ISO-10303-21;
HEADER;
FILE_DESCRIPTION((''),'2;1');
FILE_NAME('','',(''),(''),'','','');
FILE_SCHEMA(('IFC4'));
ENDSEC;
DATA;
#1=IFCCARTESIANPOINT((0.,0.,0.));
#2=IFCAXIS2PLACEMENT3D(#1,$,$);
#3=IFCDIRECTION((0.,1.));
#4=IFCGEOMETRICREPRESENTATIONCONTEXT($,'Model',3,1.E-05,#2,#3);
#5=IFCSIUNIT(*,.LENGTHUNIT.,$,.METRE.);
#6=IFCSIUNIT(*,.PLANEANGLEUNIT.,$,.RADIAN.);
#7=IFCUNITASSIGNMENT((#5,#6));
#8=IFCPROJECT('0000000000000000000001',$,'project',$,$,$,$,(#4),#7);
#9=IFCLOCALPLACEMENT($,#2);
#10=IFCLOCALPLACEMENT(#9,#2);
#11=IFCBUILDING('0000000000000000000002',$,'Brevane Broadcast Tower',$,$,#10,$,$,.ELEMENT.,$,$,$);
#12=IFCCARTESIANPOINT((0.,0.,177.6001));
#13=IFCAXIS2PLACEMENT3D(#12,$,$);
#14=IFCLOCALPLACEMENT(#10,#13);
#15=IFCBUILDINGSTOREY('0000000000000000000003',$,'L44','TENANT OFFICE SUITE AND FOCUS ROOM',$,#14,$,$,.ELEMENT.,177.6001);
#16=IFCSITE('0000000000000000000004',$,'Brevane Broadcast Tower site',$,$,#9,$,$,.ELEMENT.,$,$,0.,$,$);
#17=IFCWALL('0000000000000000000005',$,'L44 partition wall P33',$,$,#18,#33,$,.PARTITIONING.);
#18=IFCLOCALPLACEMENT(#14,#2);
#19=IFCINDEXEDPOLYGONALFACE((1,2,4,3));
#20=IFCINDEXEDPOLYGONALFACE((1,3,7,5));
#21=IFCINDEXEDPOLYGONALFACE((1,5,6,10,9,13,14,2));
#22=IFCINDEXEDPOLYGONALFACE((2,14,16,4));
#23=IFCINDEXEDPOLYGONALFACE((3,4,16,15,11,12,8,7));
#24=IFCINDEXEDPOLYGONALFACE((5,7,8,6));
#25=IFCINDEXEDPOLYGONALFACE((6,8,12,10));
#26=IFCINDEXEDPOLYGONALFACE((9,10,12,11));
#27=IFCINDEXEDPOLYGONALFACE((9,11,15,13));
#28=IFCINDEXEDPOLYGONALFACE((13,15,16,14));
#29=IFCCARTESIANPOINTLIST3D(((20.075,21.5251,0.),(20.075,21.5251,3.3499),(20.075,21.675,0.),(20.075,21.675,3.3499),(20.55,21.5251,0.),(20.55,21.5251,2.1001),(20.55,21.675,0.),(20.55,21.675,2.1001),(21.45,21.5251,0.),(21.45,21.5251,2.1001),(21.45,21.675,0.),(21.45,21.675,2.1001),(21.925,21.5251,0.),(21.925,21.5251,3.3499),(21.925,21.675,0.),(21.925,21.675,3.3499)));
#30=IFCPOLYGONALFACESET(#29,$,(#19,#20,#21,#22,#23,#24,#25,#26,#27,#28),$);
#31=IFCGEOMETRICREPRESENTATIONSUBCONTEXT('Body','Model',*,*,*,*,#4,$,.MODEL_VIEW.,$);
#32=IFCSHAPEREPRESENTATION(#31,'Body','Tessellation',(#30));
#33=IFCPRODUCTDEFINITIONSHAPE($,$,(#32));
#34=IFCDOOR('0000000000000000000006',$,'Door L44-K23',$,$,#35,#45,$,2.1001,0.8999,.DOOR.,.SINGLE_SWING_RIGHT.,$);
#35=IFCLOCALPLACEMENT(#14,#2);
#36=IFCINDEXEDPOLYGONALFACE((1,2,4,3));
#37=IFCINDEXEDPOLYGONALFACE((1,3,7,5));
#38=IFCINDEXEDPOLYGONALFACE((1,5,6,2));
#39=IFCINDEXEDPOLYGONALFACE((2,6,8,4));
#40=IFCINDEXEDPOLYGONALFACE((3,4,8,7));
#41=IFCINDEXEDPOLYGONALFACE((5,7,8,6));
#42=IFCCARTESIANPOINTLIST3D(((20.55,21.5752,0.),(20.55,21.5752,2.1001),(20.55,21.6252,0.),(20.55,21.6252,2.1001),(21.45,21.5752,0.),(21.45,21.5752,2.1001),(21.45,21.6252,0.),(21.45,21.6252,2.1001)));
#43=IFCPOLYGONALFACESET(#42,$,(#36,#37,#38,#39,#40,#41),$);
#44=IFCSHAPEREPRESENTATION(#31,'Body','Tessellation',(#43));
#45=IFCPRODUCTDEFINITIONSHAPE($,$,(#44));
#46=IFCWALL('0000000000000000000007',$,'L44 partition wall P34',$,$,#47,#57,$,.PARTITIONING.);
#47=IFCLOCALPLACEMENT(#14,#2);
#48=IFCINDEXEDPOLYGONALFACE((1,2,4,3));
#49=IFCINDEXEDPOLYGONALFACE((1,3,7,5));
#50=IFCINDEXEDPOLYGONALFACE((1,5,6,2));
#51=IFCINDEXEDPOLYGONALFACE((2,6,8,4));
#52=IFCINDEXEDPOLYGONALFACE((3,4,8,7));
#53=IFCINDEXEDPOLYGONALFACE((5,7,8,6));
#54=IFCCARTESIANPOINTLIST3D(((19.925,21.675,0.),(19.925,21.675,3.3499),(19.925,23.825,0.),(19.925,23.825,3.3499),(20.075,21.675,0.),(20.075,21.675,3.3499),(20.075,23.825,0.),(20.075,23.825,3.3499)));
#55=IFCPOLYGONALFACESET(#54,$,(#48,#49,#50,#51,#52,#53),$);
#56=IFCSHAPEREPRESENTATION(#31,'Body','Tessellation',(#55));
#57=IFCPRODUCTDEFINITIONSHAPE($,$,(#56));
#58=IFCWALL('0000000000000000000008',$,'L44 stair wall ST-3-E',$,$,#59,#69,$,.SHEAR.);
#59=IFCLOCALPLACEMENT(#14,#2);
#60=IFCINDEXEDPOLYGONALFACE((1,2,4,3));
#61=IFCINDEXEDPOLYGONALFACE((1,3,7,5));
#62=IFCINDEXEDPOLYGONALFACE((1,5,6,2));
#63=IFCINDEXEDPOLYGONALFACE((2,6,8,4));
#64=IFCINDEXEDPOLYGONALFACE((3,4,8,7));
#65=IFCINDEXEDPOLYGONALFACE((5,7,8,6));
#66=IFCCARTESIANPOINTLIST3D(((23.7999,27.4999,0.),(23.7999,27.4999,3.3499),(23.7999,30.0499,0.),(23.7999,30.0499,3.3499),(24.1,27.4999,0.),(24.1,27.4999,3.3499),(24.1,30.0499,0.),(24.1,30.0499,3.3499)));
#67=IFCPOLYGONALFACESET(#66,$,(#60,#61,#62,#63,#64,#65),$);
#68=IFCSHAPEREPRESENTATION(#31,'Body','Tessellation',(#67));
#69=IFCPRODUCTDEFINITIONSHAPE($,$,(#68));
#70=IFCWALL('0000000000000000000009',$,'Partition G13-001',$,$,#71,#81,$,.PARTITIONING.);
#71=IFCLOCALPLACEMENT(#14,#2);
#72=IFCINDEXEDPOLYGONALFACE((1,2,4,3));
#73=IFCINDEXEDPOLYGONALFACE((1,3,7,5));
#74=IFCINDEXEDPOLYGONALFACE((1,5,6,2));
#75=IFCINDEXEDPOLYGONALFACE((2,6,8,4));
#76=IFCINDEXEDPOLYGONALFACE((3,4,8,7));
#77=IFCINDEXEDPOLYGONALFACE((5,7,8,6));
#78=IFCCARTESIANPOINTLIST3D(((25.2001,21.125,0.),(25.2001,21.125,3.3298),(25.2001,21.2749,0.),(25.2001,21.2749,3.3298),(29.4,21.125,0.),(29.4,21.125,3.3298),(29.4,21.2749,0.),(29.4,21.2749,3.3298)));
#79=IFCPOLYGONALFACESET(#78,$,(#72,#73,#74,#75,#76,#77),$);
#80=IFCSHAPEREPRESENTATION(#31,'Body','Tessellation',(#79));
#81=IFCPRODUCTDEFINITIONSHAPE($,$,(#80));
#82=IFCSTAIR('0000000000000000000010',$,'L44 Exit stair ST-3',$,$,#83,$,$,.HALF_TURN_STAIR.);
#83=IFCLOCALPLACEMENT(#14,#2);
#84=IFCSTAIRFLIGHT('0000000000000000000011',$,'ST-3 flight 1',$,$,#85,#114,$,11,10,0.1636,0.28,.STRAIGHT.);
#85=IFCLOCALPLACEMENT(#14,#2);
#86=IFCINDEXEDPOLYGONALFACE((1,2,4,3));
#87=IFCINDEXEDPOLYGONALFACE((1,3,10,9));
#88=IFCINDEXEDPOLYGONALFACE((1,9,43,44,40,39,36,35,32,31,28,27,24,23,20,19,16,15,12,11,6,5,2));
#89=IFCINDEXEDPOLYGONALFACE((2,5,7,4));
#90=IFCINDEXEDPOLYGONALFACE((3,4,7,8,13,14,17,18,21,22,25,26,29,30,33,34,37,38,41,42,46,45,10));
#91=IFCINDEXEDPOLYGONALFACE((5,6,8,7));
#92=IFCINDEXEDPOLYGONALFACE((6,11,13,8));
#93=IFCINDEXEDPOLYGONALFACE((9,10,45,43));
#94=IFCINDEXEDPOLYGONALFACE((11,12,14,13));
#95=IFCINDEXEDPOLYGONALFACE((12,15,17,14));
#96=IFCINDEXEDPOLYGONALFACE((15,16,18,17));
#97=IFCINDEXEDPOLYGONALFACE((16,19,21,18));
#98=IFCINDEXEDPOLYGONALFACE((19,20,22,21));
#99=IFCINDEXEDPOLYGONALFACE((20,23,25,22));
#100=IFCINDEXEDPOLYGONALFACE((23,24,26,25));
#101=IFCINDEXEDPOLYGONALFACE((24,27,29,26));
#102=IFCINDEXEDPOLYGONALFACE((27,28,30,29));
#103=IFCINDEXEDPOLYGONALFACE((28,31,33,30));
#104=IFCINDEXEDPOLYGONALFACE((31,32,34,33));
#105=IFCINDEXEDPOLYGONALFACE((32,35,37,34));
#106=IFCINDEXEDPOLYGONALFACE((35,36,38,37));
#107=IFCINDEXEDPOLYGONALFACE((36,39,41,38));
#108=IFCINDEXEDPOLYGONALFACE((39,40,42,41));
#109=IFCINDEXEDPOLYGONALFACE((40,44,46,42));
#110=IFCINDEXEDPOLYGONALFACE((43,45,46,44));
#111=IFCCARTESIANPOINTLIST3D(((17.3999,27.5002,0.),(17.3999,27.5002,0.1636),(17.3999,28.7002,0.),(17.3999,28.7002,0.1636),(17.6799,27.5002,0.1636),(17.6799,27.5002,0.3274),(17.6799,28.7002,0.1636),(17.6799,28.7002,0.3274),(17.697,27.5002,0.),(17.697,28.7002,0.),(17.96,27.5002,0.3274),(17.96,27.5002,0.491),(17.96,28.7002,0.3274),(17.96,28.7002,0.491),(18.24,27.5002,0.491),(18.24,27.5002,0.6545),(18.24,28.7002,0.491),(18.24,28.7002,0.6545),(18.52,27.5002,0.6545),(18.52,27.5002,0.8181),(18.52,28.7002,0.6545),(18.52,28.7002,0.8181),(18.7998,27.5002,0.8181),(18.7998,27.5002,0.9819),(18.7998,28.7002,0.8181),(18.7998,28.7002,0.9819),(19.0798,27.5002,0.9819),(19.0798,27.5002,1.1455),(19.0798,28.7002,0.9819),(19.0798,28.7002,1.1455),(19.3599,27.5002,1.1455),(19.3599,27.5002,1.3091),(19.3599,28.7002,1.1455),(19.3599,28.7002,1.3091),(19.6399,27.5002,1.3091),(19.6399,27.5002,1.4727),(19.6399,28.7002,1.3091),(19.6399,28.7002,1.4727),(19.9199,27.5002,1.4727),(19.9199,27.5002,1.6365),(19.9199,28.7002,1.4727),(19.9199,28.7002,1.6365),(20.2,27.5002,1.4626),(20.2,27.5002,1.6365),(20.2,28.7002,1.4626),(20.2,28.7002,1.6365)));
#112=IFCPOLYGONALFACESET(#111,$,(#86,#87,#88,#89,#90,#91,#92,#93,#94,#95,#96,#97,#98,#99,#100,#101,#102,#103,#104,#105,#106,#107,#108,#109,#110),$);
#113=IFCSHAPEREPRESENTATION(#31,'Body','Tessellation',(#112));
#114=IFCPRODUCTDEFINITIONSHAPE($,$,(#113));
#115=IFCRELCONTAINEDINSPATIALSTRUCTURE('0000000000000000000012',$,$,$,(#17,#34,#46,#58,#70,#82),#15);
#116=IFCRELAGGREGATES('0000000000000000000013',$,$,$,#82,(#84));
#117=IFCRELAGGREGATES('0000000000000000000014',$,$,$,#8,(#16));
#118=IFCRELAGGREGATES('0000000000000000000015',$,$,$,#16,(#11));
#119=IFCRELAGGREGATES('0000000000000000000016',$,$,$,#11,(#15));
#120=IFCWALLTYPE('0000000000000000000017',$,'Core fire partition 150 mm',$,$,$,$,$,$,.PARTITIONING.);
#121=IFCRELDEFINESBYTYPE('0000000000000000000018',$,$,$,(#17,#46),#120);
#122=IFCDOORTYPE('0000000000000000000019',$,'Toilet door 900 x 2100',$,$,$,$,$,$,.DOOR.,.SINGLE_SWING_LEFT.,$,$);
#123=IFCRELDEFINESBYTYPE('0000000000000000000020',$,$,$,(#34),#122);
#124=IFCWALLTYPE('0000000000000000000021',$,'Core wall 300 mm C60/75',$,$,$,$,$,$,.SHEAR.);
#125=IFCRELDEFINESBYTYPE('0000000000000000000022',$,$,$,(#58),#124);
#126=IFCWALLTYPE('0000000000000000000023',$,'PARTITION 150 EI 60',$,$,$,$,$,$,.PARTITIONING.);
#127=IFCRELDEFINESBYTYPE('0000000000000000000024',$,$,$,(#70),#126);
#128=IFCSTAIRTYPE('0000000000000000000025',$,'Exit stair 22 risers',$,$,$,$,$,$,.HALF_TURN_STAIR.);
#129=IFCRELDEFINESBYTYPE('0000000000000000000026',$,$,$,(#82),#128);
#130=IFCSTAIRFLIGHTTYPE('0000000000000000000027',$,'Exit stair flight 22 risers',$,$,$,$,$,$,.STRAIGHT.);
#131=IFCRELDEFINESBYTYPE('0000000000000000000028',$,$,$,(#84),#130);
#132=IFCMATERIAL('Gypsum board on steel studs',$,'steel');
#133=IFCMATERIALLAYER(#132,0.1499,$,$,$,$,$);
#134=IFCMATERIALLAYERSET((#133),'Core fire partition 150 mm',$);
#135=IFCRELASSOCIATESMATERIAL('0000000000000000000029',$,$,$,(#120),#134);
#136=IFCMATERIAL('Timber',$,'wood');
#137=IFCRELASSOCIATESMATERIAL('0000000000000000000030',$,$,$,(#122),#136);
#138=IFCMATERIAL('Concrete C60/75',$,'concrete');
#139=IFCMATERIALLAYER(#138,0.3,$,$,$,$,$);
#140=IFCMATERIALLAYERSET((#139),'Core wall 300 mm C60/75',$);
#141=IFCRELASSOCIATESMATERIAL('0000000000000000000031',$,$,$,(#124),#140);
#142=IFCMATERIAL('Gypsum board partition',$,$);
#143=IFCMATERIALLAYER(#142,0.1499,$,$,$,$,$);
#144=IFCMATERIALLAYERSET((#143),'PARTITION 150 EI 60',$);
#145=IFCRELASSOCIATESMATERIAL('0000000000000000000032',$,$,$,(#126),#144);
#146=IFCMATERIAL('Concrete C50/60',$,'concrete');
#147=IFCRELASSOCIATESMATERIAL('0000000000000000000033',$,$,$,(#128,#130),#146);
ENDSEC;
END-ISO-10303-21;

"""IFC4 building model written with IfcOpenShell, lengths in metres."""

from ifc_helpers import new_model, si_unit, direction, frame, frame_2d, origin, place, context, subcontext, project, spatial, polyline, rectangle, outline, extrude, material, layer, layer_set, type_object, element, fill, aggregate, save


model = new_model("IFC4")

# Units and contexts
model_context = context("Model", 3, precision=1e-05, world=origin(), true_north=direction((0.0, 1.0)))
body_context = subcontext(model_context, "Body", "Model", "MODEL_VIEW")
ifc_project = project(units=[si_unit("LENGTHUNIT", "METRE"), si_unit("PLANEANGLEUNIT", "RADIAN")], contexts=[model_context])

# Site, building, storey
site_placement = place(None, origin())
site = spatial("IfcSite", under=ifc_project, at=site_placement, Name="Brevane Broadcast Tower site", CompositionType="ELEMENT", RefElevation=0.0)
building_placement = place(site_placement, origin())
building = spatial("IfcBuilding", under=site, at=building_placement, Name="Brevane Broadcast Tower", CompositionType="ELEMENT")
storey_placement = place(building_placement, frame((0.0, 0.0, 177.6001)))
storey = spatial("IfcBuildingStorey", under=building, at=storey_placement, Name="L44", Description="TENANT OFFICE SUITE AND FOCUS ROOM", CompositionType="ELEMENT", Elevation=177.6001)

# Shared definitions
ifc_material_1 = material(Name="Concrete C60/75", Category="concrete")

# Shared definitions
ifc_material_2 = material(Name="Gypsum board on steel studs", Category="steel")
ifc_layer_1 = layer(ifc_material_2, 0.1499)
ifc_layer_set_1 = layer_set([ifc_layer_1], Name="Core fire partition 150 mm")
wall_type_1 = type_object("IfcWallType", Name="Core fire partition 150 mm", PredefinedType="PARTITIONING", material=ifc_layer_set_1)

# Wall, opening, door
wall_1_placement = place(storey_placement, frame((21.925, 21.6001, 0.0), z_axis=(0.0, 0.0, 1.0), x_axis=(-1.0, 0.0, 0.0)))
wall_1 = element("IfcWall", 1, at=wall_1_placement, inside=storey, type_object=wall_type_1, Name="L44 partition wall P33", PredefinedType="PARTITIONING", context=body_context, shape_type="SweptSolid", body=[
    extrude(rectangle(XDim=1.8501, YDim=0.1499, at=frame_2d((0.925, 0.0))), origin(), (0.0, 0.0, 1.0), 3.3499),
])
opening_placement = place(wall_1_placement, frame((0.4751, 0.0, 0.0)))
opening = element("IfcOpeningElement", 2, at=opening_placement, cuts=wall_1, PredefinedType="OPENING", context=body_context, shape_type="SweptSolid", body=[
    extrude(rectangle(XDim=0.8999, YDim=2.1001, at=frame_2d((0.45, 1.05))), frame((0.0, 0.085, 0.0), z_axis=(0.0, -1.0, 0.0), x_axis=(1.0, 0.0, 0.0)), (0.0, 0.0, 1.0), 0.1699),
])
ifc_material_3 = material(Name="Timber", Category="wood")
door_type = type_object("IfcDoorType", Name="Toilet door 900 x 2100", OperationType="SINGLE_SWING_LEFT", PredefinedType="DOOR", material=ifc_material_3)
door_placement = place(opening_placement, origin())
door = element("IfcDoor", 3, at=door_placement, inside=storey, type_object=door_type, Name="Door L44-K23", OperationType="SINGLE_SWING_RIGHT", OverallHeight=2.1001, OverallWidth=0.8999, PredefinedType="DOOR", context=body_context, shape_type="SweptSolid", body=[
    extrude(rectangle(XDim=0.8999, YDim=2.1001, at=frame_2d((0.45, 1.05))), frame((0.0, 0.0249, 0.0), z_axis=(0.0, -1.0, 0.0), x_axis=(1.0, 0.0, 0.0)), (0.0, 0.0, 1.0), 0.05),
])
fill(opening, door)

# Walls
wall_2_placement = place(storey_placement, frame((20.0, 21.675, 0.0), z_axis=(0.0, 0.0, 1.0), x_axis=(0.0, 1.0, 0.0)))
element("IfcWall", 4, at=wall_2_placement, inside=storey, type_object=wall_type_1, Name="L44 partition wall P34", PredefinedType="PARTITIONING", context=body_context, shape_type="SweptSolid", body=[
    extrude(rectangle(XDim=2.1499, YDim=0.1499, at=frame_2d((1.075, 0.0))), origin(), (0.0, 0.0, 1.0), 3.3499),
])
ifc_layer_2 = layer(ifc_material_1, 0.3)
ifc_layer_set_2 = layer_set([ifc_layer_2], Name="Core wall 300 mm C60/75")
wall_type_2 = type_object("IfcWallType", Name="Core wall 300 mm C60/75", PredefinedType="SHEAR", material=ifc_layer_set_2)
wall_3_placement = place(storey_placement, frame((23.95, 27.5, 0.0), z_axis=(0.0, 0.0, 1.0), x_axis=(0.0, 1.0, 0.0)))
element("IfcWall", 5, at=wall_3_placement, inside=storey, type_object=wall_type_2, Name="L44 stair wall ST-3-E", PredefinedType="SHEAR", context=body_context, shape_type="SweptSolid", body=[
    extrude(rectangle(XDim=2.55, YDim=0.3, at=frame_2d((1.2749, 0.0))), origin(), (0.0, 0.0, 1.0), 3.3499),
])
ifc_material_4 = material(Name="Gypsum board partition")
ifc_layer_3 = layer(ifc_material_4, 0.1499)
ifc_layer_set_3 = layer_set([ifc_layer_3], Name="PARTITION 150 EI 60")
wall_type_3 = type_object("IfcWallType", Name="PARTITION 150 EI 60", PredefinedType="PARTITIONING", material=ifc_layer_set_3)
wall_4_placement = place(storey_placement, frame((25.2, 21.2, 0.0), z_axis=(0.0, 0.0, 1.0), x_axis=(1.0, 0.0, 0.0)))
element("IfcWall", 6, at=wall_4_placement, inside=storey, type_object=wall_type_3, Name="Partition G13-001", PredefinedType="PARTITIONING", context=body_context, shape_type="SweptSolid", body=[
    extrude(rectangle(XDim=4.2, YDim=0.1499, at=frame_2d((2.1001, 0.0))), origin(), (0.0, 0.0, 1.0), 3.3298),
])

# Stair, stair flight
ifc_material_5 = material(Name="Concrete C50/60", Category="concrete")
stair_type = type_object("IfcStairType", Name="Exit stair 22 risers", PredefinedType="HALF_TURN_STAIR", material=ifc_material_5)
stair_placement = place(storey_placement, origin())
stair = element("IfcStair", 7, at=stair_placement, inside=storey, type_object=stair_type, Name="L44 Exit stair ST-3", PredefinedType="HALF_TURN_STAIR")
stair_flight_type = type_object("IfcStairFlightType", Name="Exit stair flight 22 risers", PredefinedType="STRAIGHT", material=ifc_material_5)
stair_flight_placement = place(storey_placement, frame((17.3999, 28.1001, 0.0), z_axis=(0.0, 0.0, 1.0), x_axis=(1.0, 0.0, 0.0)))
stair_flight = element("IfcStairFlight", 8, at=stair_flight_placement, type_object=stair_flight_type, Name="ST-3 flight 1", NumberOfRisers=11, NumberOfTreads=10, PredefinedType="STRAIGHT", RiserHeight=0.1636, TreadLength=0.28, context=body_context, shape_type="SweptSolid", body=[
    extrude(outline(polyline([(0.0, 0.0), (0.0, 0.1636), (0.28, 0.1636), (0.28, 0.3274), (0.5601, 0.3274), (0.5601, 0.491), (0.8401, 0.491), (0.8401, 0.6545), (1.1201, 0.6545), (1.1201, 0.8181), (1.3999, 0.8181), (1.3999, 0.9819), (1.6799, 0.9819), (1.6799, 1.1455), (1.96, 1.1455), (1.96, 1.3091), (2.24, 1.3091), (2.24, 1.4727), (2.52, 1.4727), (2.52, 1.6365), (2.8, 1.6365), (2.8, 1.8), (2.8, 1.4626), (0.2971, 0.0), (0.0, 0.0)])), frame((0.0, 0.6001, 0.0), z_axis=(0.0, -1.0, 0.0), x_axis=(1.0, 0.0, 0.0)), (0.0, 0.0, 1.0), 1.2),
])
aggregate(stair, [stair_flight])

save(model, "model.ifc")
